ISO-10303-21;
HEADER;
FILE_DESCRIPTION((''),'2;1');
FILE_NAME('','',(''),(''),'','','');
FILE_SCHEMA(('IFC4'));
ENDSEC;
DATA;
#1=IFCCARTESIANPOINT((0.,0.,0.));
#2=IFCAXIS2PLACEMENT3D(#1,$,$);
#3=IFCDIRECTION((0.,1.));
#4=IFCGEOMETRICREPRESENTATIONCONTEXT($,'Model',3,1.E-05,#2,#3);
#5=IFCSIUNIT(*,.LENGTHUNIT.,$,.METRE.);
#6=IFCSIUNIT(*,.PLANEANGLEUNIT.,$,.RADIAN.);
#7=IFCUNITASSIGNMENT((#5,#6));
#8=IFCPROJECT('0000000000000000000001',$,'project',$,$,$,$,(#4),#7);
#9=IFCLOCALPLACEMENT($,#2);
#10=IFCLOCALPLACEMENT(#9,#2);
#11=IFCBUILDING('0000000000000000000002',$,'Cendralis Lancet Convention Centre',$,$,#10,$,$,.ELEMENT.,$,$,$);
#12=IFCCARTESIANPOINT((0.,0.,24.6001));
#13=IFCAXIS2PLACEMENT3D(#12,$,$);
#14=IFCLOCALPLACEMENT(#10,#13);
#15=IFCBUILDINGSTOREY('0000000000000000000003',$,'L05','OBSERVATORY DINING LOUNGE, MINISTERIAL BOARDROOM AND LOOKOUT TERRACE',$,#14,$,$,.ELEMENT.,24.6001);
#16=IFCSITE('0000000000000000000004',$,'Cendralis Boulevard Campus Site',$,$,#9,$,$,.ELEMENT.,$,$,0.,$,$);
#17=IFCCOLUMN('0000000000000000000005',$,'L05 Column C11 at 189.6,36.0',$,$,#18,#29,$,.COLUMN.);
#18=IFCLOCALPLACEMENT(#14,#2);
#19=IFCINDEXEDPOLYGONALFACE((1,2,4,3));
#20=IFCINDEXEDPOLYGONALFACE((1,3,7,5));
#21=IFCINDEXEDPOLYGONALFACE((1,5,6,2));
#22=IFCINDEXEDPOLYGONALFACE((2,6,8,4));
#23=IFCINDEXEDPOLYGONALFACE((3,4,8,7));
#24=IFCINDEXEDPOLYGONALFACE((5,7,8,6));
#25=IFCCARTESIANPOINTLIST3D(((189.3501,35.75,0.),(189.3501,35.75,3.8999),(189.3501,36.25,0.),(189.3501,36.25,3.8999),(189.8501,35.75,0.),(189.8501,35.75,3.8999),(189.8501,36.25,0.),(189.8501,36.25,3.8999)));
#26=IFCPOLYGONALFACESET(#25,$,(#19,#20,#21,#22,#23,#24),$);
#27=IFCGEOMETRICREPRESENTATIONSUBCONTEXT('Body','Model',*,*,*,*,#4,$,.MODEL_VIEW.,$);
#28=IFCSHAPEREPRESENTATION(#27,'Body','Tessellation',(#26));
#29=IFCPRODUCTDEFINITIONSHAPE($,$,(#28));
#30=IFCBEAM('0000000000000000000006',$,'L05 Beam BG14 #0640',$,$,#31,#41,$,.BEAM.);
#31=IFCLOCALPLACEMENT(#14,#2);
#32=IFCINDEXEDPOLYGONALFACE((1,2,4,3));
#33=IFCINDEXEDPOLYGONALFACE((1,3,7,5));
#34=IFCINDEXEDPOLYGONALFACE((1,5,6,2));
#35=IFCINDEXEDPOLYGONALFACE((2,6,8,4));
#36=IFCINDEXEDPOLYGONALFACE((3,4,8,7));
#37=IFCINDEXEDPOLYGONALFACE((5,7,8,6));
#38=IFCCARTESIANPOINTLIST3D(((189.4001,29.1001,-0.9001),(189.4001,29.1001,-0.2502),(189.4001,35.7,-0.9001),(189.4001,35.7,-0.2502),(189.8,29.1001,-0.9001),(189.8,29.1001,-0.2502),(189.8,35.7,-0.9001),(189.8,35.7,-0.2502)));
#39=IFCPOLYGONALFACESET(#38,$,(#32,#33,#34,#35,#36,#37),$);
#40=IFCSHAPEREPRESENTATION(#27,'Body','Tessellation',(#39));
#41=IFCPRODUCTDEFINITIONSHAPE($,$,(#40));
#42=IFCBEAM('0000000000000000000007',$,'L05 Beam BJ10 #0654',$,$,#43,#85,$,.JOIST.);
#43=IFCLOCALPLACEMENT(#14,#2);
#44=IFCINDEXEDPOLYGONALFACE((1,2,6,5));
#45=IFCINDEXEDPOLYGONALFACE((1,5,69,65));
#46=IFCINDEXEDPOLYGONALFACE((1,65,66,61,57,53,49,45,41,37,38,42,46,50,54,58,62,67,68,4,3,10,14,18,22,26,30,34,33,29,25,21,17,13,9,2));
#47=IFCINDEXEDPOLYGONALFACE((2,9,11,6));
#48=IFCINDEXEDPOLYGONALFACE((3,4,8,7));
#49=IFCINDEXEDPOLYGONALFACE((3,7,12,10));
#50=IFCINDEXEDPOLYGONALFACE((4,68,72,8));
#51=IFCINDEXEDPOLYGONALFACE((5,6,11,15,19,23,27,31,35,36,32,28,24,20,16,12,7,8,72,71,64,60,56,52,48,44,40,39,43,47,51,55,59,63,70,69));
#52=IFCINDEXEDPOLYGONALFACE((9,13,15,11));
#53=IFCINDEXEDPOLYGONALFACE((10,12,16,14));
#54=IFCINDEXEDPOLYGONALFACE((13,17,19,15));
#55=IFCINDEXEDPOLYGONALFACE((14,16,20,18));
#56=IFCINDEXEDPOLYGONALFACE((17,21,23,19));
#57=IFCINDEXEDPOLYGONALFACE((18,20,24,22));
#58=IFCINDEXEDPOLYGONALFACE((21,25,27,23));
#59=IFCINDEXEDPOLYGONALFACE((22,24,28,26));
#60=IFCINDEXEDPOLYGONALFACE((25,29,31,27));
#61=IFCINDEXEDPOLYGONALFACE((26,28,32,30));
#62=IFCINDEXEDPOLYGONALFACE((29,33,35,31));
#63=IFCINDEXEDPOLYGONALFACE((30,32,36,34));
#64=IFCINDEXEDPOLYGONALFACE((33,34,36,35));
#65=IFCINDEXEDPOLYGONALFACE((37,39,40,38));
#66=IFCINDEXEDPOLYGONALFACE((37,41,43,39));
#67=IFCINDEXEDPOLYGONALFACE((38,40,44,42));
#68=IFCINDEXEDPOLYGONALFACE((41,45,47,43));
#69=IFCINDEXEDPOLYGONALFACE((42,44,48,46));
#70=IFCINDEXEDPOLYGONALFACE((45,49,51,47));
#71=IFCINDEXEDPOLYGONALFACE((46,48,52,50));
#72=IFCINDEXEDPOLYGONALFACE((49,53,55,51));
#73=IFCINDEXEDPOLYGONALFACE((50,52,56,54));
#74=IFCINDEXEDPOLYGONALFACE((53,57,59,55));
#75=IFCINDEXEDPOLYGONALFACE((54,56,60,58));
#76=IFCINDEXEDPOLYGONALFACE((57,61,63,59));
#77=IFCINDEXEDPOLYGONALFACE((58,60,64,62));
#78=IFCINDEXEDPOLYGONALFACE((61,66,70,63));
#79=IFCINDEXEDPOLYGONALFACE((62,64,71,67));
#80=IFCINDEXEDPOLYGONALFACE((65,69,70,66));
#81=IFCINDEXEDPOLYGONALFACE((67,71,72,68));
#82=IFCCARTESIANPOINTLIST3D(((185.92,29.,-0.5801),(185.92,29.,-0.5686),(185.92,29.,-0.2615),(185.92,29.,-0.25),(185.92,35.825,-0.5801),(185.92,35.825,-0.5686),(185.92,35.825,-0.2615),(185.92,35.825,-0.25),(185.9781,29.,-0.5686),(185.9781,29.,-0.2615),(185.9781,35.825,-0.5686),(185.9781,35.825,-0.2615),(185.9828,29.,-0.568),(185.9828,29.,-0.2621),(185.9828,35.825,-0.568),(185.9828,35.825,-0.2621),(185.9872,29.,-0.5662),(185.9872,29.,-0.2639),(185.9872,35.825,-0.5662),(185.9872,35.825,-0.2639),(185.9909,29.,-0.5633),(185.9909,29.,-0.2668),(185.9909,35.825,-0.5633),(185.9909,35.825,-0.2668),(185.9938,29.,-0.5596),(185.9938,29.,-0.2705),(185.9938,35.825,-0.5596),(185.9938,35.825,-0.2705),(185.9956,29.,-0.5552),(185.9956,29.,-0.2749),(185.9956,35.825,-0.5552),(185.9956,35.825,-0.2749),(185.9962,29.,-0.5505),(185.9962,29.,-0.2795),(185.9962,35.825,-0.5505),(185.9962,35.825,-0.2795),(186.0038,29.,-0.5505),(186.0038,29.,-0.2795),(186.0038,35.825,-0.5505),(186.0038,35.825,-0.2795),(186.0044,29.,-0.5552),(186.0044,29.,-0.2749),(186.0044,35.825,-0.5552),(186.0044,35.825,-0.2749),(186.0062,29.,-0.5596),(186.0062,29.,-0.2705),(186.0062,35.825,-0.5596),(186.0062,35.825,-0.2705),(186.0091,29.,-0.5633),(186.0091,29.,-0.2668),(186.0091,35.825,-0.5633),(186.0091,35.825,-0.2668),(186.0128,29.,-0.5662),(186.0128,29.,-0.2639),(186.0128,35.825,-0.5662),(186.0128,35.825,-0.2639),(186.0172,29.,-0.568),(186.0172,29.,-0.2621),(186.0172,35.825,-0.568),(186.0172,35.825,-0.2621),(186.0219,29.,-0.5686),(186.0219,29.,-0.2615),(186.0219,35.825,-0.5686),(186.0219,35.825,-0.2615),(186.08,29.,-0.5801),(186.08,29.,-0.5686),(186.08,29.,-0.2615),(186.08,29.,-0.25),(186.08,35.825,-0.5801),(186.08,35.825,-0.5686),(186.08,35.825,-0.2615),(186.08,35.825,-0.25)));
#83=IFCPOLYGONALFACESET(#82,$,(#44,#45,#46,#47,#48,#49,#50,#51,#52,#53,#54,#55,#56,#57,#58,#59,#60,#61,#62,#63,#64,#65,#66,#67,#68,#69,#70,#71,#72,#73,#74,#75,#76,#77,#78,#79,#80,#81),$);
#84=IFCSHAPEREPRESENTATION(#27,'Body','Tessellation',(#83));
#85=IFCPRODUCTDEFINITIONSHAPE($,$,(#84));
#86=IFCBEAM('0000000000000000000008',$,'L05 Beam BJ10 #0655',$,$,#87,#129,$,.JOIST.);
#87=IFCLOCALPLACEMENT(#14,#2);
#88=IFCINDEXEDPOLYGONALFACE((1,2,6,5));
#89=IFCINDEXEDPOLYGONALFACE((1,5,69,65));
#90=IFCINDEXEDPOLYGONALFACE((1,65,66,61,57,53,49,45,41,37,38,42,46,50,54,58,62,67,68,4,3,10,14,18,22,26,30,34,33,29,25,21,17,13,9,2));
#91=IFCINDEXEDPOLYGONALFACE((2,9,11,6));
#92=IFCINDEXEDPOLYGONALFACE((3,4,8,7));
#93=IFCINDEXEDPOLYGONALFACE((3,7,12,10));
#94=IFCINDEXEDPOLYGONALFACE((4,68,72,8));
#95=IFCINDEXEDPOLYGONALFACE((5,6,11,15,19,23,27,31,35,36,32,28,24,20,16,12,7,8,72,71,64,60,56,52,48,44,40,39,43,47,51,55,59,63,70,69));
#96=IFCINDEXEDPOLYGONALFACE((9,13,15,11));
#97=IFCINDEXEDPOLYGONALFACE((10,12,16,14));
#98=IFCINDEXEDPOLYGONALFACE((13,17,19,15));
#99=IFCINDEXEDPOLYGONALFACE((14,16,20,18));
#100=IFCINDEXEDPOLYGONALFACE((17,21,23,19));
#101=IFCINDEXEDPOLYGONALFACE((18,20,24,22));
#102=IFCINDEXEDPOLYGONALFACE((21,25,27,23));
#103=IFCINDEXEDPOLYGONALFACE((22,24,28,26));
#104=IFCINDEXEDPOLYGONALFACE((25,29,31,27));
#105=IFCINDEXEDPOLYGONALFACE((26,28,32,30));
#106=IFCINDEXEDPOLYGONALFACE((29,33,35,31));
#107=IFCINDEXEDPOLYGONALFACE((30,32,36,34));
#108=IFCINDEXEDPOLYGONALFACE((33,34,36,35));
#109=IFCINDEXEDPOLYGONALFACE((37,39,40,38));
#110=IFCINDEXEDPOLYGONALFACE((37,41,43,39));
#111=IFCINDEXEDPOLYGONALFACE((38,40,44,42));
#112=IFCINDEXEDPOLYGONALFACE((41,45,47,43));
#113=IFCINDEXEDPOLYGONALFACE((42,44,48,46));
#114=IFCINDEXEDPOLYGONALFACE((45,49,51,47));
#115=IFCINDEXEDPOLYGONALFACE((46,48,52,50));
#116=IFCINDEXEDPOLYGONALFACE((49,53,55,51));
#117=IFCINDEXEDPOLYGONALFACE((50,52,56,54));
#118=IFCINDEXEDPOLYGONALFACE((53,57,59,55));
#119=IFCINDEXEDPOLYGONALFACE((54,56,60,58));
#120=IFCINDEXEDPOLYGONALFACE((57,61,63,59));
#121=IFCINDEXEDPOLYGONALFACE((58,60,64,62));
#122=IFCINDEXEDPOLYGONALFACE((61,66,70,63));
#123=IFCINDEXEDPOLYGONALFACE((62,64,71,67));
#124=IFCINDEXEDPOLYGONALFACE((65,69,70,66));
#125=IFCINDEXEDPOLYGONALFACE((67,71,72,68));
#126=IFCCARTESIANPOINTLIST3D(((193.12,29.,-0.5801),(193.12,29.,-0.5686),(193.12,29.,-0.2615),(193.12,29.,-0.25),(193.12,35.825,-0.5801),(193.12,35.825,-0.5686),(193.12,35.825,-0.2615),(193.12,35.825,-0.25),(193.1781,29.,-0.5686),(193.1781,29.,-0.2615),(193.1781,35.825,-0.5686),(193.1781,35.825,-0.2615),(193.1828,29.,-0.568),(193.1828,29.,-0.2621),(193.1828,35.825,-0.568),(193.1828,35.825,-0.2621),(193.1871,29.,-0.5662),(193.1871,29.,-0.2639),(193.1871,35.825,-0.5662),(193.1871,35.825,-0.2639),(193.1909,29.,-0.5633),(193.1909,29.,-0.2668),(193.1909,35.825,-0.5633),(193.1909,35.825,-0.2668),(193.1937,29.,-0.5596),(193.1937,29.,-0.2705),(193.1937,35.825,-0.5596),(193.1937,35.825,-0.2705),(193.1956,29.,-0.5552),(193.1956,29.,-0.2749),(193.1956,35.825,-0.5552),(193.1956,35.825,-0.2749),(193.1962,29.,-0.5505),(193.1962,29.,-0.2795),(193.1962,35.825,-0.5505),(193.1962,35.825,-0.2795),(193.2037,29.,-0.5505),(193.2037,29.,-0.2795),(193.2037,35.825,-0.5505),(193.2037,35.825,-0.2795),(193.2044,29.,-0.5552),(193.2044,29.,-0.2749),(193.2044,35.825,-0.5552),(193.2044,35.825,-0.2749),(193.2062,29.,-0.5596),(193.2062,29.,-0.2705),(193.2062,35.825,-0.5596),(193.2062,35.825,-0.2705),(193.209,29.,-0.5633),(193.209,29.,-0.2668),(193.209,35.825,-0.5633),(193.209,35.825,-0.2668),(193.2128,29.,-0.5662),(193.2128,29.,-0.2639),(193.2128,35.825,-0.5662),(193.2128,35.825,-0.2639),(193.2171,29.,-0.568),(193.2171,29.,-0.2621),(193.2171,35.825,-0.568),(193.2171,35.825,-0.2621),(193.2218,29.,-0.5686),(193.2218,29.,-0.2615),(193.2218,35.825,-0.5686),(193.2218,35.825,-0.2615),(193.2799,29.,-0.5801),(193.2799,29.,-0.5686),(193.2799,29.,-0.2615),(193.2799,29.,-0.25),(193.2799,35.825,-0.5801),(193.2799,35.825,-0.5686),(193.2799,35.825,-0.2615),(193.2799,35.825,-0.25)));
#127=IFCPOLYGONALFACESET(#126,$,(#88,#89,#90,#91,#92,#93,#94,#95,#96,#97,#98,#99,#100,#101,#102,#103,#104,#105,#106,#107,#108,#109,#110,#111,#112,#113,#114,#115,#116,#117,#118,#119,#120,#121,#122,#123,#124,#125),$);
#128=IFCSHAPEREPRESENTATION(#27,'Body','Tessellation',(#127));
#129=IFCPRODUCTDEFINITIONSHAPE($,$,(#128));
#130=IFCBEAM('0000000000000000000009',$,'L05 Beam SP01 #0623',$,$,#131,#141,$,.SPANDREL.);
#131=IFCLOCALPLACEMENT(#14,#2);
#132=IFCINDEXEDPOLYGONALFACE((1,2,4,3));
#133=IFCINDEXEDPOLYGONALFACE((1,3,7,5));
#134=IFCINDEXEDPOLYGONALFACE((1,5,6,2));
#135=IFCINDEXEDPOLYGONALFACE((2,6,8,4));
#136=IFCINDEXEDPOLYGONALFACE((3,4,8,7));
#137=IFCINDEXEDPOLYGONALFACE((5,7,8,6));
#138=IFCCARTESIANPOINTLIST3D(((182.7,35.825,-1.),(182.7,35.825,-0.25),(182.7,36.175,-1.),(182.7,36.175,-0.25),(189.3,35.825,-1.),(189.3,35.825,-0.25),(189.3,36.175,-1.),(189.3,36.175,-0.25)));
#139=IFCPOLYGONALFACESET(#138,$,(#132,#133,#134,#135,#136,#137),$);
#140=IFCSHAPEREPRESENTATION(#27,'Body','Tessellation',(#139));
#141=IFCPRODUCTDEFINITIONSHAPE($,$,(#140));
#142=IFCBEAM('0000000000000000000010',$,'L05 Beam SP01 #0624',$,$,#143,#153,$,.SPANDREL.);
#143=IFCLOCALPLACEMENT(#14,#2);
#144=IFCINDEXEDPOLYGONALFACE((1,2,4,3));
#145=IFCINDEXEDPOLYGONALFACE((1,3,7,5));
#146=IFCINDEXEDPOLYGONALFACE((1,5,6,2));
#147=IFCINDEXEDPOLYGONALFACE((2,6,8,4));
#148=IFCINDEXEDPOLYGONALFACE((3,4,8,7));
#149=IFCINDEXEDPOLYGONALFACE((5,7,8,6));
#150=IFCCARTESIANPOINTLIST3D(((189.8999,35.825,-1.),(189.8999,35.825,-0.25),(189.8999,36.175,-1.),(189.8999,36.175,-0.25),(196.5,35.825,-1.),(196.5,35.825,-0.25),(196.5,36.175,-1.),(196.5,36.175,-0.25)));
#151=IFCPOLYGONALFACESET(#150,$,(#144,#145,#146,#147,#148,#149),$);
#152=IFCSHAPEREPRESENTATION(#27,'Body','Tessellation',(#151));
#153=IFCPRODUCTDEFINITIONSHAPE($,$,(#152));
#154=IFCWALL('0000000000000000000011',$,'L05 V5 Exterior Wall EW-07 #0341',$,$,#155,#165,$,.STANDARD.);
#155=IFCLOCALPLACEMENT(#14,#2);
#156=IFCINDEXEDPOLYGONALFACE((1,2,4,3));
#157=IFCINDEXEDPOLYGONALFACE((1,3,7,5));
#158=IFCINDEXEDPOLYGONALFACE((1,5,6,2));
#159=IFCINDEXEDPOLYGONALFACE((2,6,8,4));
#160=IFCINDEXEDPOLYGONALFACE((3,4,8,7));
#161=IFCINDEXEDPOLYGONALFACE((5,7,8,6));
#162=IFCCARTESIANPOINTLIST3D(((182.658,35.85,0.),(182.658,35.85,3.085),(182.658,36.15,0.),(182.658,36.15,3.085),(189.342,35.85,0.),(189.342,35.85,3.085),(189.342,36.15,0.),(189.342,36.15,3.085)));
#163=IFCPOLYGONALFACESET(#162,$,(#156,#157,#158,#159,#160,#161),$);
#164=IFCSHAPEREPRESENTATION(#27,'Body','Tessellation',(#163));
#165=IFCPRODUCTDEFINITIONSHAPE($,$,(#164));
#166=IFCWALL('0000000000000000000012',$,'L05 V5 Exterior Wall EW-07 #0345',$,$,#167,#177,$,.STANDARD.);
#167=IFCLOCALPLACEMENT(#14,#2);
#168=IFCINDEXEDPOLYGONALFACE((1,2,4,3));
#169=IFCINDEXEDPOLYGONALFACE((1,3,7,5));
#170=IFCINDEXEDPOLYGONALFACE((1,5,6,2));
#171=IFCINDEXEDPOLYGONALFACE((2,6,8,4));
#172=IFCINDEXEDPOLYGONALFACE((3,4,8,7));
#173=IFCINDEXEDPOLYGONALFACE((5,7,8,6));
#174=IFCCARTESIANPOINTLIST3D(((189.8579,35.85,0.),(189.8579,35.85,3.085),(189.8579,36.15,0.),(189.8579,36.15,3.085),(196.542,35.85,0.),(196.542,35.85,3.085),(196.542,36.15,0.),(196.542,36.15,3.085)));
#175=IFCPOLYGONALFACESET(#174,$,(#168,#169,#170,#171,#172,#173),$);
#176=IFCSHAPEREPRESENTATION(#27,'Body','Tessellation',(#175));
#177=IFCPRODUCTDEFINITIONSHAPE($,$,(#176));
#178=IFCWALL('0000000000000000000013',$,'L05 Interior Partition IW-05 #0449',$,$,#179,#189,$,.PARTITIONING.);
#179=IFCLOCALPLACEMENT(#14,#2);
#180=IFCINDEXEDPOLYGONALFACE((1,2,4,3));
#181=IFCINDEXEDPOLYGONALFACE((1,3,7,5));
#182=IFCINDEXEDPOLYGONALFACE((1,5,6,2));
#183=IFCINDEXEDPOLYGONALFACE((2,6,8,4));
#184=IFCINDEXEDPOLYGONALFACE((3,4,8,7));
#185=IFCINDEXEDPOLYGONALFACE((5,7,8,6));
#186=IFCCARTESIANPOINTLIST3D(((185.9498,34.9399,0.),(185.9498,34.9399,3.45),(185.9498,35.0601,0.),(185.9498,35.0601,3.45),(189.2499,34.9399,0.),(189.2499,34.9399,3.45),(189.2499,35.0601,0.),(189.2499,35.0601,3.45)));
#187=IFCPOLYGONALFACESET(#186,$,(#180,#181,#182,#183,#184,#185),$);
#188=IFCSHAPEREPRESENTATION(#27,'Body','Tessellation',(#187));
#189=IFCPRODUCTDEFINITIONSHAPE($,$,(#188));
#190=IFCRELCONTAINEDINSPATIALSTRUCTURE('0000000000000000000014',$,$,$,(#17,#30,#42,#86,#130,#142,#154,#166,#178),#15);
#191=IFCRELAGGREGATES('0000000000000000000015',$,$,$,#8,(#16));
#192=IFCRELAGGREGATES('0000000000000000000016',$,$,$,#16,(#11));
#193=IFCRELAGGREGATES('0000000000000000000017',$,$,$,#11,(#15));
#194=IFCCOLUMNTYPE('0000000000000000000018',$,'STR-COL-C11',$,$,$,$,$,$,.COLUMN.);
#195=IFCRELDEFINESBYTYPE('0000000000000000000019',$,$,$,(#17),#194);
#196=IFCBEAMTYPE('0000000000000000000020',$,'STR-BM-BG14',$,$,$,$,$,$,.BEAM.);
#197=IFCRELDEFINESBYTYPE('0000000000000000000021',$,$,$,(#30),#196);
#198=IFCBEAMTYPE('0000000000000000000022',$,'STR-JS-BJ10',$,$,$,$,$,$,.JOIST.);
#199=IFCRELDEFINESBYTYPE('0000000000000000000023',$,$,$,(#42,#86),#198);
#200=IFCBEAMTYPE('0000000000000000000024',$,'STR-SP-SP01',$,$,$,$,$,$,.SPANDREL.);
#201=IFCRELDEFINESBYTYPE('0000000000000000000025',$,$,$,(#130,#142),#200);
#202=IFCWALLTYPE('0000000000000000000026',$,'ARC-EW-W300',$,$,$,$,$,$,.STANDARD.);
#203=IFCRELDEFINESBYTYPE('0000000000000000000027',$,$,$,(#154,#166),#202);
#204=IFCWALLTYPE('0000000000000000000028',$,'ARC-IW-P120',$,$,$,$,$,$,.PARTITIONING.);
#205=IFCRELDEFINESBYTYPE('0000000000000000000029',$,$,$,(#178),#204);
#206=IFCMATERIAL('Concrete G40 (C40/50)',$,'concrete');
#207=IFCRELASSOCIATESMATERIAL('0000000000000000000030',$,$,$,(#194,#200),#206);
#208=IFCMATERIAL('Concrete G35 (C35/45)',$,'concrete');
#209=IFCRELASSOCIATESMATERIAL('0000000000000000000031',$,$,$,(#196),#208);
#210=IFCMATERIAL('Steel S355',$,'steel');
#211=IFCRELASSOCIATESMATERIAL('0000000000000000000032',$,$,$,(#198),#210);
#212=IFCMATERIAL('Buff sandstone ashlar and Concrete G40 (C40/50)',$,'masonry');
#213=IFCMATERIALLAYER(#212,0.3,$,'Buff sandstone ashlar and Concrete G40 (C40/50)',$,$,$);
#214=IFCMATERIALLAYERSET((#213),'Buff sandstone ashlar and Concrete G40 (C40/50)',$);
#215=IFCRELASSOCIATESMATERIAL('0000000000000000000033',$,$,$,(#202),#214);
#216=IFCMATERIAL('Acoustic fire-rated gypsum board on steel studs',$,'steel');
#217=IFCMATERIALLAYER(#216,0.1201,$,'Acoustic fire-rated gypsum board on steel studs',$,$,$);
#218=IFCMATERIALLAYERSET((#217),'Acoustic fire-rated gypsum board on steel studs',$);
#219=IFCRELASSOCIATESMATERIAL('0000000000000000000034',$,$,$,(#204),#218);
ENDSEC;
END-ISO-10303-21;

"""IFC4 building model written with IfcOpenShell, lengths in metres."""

from ifc_helpers import new_model, si_unit, direction, frame, frame_2d, origin, origin_2d, place, context, subcontext, project, spatial, rectangle, i_section, extrude, material, layer, layer_set, material_profile, profile_set, type_object, element, save


model = new_model("IFC4")

# Units and contexts
model_context = context("Model", 3, precision=1e-05, world=origin(), true_north=direction((0.0, 1.0)))
body_context = subcontext(model_context, "Body", "Model", "MODEL_VIEW")
ifc_project = project(units=[si_unit("LENGTHUNIT", "METRE"), si_unit("PLANEANGLEUNIT", "RADIAN")], contexts=[model_context])

# Site, building, storey
site_placement = place(None, origin())
site = spatial("IfcSite", under=ifc_project, at=site_placement, Name="Cendralis Boulevard Campus Site", CompositionType="ELEMENT", RefElevation=0.0)
building_placement = place(site_placement, origin())
building = spatial("IfcBuilding", under=site, at=building_placement, Name="Cendralis Lancet Convention Centre", CompositionType="ELEMENT")
storey_placement = place(building_placement, frame((0.0, 0.0, 24.6001)))
storey = spatial("IfcBuildingStorey", under=building, at=storey_placement, Name="L05", Description="OBSERVATORY DINING LOUNGE, MINISTERIAL BOARDROOM AND LOOKOUT TERRACE", CompositionType="ELEMENT", Elevation=24.6001)

# Column
ifc_material_1 = material(Name="Concrete G40 (C40/50)", Category="concrete")
ifc_material_profile_1 = material_profile(ifc_material_1, rectangle(XDim=0.5, YDim=0.5, at=origin_2d()), Name="RC 500x500")
ifc_profile_set_1 = profile_set([ifc_material_profile_1], Name="Concrete G40 (C40/50)")
column_type = type_object("IfcColumnType", Name="STR-COL-C11", PredefinedType="COLUMN", material=ifc_profile_set_1)
column_placement = place(storey_placement, frame((189.6001, 36.0, 0.0), z_axis=(0.0, 0.0, 1.0), x_axis=(1.0, 0.0, 0.0)))
element("IfcColumn", 1, at=column_placement, inside=storey, type_object=column_type, Name="L05 Column C11 at 189.6,36.0", PredefinedType="COLUMN", context=body_context, shape_type="SweptSolid", body=[
    extrude(rectangle(XDim=0.5, YDim=0.5, at=origin_2d()), origin(), (0.0, 0.0, 1.0), 3.8999),
])

# Beams
ifc_material_2 = material(Name="Concrete G35 (C35/45)", Category="concrete")
ifc_material_profile_2 = material_profile(ifc_material_2, rectangle(XDim=0.3999, YDim=0.6499, at=origin_2d()), Name="RCB 400x650")
ifc_profile_set_2 = profile_set([ifc_material_profile_2], Name="Concrete G35 (C35/45)")
beam_type_1 = type_object("IfcBeamType", Name="STR-BM-BG14", PredefinedType="BEAM", material=ifc_profile_set_2)
beam_placement = place(storey_placement, frame((189.6001, 29.1001, -0.5752), z_axis=(0.0, 1.0, 0.0), x_axis=(-1.0, 0.0, 0.0)))
element("IfcBeam", 2, at=beam_placement, inside=storey, type_object=beam_type_1, Name="L05 Beam BG14 #0640", PredefinedType="BEAM", context=body_context, shape_type="SweptSolid", body=[
    extrude(rectangle(XDim=0.3999, YDim=0.6499, at=origin_2d()), origin(), (0.0, 0.0, 1.0), 6.5999),
])
ifc_material_3 = material(Name="Steel S355", Category="steel")
ifc_material_profile_3 = material_profile(ifc_material_3, i_section(OverallWidth=0.1599, OverallDepth=0.3301, WebThickness=0.0076, FlangeThickness=0.0115, FilletRadius=0.0181, at=origin_2d()), Name="IPE 330")
ifc_profile_set_3 = profile_set([ifc_material_profile_3], Name="Steel S355")
beam_type_2 = type_object("IfcBeamType", Name="STR-JS-BJ10", PredefinedType="JOIST", material=ifc_profile_set_3)
for number, where, z_axis, x_axis, name in (
    (3, (186.0, 29.0, -0.415), (0.0, 1.0, 0.0), (-1.0, 0.0, 0.0), "L05 Beam BJ10 #0654"),
    (4, (193.2, 29.0, -0.415), (0.0, 1.0, 0.0), (-1.0, 0.0, 0.0), "L05 Beam BJ10 #0655"),
):
    element("IfcBeam", number, at=place(storey_placement, frame(where, z_axis=z_axis, x_axis=x_axis)), inside=storey, type_object=beam_type_2, Name=name, PredefinedType="JOIST", context=body_context, shape_type="SweptSolid", body=[
        extrude(i_section(OverallWidth=0.1599, OverallDepth=0.3301, WebThickness=0.0076, FlangeThickness=0.0115, FilletRadius=0.0181, at=origin_2d()), origin(), (0.0, 0.0, 1.0), 6.825),
    ])
ifc_material_profile_4 = material_profile(ifc_material_1, rectangle(XDim=0.3501, YDim=0.75, at=origin_2d()), Name="RCB 350x750")
ifc_profile_set_4 = profile_set([ifc_material_profile_4], Name="Concrete G40 (C40/50)")
beam_type_3 = type_object("IfcBeamType", Name="STR-SP-SP01", PredefinedType="SPANDREL", material=ifc_profile_set_4)
for number, where, z_axis, x_axis, name in (
    (5, (182.7, 36.0, -0.625), (1.0, 0.0, 0.0), (0.0, 1.0, 0.0), "L05 Beam SP01 #0623"),
    (6, (189.8999, 36.0, -0.625), (1.0, 0.0, 0.0), (0.0, 1.0, 0.0), "L05 Beam SP01 #0624"),
):
    element("IfcBeam", number, at=place(storey_placement, frame(where, z_axis=z_axis, x_axis=x_axis)), inside=storey, type_object=beam_type_3, Name=name, PredefinedType="SPANDREL", context=body_context, shape_type="SweptSolid", body=[
        extrude(rectangle(XDim=0.3501, YDim=0.75, at=origin_2d()), origin(), (0.0, 0.0, 1.0), 6.6001),
    ])

# Walls
ifc_material_4 = material(Name="Buff sandstone ashlar and Concrete G40 (C40/50)", Category="masonry")
ifc_layer_1 = layer(ifc_material_4, 0.3, Name="Buff sandstone ashlar and Concrete G40 (C40/50)")
ifc_layer_set_1 = layer_set([ifc_layer_1], Name="Buff sandstone ashlar and Concrete G40 (C40/50)")
wall_type_1 = type_object("IfcWallType", Name="ARC-EW-W300", PredefinedType="STANDARD", material=ifc_layer_set_1)
for number, where, z_axis, x_axis, name in (
    (7, (182.658, 36.0, 0.0), (0.0, 0.0, 1.0), (1.0, 0.0, 0.0), "L05 V5 Exterior Wall EW-07 #0341"),
    (8, (189.8579, 36.0, 0.0), (0.0, 0.0, 1.0), (1.0, 0.0, 0.0), "L05 V5 Exterior Wall EW-07 #0345"),
):
    element("IfcWall", number, at=place(storey_placement, frame(where, z_axis=z_axis, x_axis=x_axis)), inside=storey, type_object=wall_type_1, Name=name, PredefinedType="STANDARD", context=body_context, shape_type="SweptSolid", body=[
        extrude(rectangle(XDim=6.6841, YDim=0.3, at=frame_2d((3.342, 0.0))), origin(), (0.0, 0.0, 1.0), 3.085),
    ])

# Shared definitions
ifc_material_5 = material(Name="Acoustic fire-rated gypsum board on steel studs", Category="steel")
ifc_layer_2 = layer(ifc_material_5, 0.1201, Name="Acoustic fire-rated gypsum board on steel studs")
ifc_layer_set_2 = layer_set([ifc_layer_2], Name="Acoustic fire-rated gypsum board on steel studs")
wall_type_2 = type_object("IfcWallType", Name="ARC-IW-P120", PredefinedType="PARTITIONING", material=ifc_layer_set_2)

# Wall
wall_1_placement = place(storey_placement, frame((185.95, 35.0, 0.0), z_axis=(0.0, 0.0, 1.0), x_axis=(1.0, 0.0, 0.0)))
element("IfcWall", 9, at=wall_1_placement, inside=storey, type_object=wall_type_2, Name="L05 Interior Partition IW-05 #0449", PredefinedType="PARTITIONING", context=body_context, shape_type="SweptSolid", body=[
    extrude(rectangle(XDim=3.3, YDim=0.1201, at=frame_2d((1.6499, 0.0))), origin(), (0.0, 0.0, 1.0), 3.45),
])

save(model, "model.ifc")
